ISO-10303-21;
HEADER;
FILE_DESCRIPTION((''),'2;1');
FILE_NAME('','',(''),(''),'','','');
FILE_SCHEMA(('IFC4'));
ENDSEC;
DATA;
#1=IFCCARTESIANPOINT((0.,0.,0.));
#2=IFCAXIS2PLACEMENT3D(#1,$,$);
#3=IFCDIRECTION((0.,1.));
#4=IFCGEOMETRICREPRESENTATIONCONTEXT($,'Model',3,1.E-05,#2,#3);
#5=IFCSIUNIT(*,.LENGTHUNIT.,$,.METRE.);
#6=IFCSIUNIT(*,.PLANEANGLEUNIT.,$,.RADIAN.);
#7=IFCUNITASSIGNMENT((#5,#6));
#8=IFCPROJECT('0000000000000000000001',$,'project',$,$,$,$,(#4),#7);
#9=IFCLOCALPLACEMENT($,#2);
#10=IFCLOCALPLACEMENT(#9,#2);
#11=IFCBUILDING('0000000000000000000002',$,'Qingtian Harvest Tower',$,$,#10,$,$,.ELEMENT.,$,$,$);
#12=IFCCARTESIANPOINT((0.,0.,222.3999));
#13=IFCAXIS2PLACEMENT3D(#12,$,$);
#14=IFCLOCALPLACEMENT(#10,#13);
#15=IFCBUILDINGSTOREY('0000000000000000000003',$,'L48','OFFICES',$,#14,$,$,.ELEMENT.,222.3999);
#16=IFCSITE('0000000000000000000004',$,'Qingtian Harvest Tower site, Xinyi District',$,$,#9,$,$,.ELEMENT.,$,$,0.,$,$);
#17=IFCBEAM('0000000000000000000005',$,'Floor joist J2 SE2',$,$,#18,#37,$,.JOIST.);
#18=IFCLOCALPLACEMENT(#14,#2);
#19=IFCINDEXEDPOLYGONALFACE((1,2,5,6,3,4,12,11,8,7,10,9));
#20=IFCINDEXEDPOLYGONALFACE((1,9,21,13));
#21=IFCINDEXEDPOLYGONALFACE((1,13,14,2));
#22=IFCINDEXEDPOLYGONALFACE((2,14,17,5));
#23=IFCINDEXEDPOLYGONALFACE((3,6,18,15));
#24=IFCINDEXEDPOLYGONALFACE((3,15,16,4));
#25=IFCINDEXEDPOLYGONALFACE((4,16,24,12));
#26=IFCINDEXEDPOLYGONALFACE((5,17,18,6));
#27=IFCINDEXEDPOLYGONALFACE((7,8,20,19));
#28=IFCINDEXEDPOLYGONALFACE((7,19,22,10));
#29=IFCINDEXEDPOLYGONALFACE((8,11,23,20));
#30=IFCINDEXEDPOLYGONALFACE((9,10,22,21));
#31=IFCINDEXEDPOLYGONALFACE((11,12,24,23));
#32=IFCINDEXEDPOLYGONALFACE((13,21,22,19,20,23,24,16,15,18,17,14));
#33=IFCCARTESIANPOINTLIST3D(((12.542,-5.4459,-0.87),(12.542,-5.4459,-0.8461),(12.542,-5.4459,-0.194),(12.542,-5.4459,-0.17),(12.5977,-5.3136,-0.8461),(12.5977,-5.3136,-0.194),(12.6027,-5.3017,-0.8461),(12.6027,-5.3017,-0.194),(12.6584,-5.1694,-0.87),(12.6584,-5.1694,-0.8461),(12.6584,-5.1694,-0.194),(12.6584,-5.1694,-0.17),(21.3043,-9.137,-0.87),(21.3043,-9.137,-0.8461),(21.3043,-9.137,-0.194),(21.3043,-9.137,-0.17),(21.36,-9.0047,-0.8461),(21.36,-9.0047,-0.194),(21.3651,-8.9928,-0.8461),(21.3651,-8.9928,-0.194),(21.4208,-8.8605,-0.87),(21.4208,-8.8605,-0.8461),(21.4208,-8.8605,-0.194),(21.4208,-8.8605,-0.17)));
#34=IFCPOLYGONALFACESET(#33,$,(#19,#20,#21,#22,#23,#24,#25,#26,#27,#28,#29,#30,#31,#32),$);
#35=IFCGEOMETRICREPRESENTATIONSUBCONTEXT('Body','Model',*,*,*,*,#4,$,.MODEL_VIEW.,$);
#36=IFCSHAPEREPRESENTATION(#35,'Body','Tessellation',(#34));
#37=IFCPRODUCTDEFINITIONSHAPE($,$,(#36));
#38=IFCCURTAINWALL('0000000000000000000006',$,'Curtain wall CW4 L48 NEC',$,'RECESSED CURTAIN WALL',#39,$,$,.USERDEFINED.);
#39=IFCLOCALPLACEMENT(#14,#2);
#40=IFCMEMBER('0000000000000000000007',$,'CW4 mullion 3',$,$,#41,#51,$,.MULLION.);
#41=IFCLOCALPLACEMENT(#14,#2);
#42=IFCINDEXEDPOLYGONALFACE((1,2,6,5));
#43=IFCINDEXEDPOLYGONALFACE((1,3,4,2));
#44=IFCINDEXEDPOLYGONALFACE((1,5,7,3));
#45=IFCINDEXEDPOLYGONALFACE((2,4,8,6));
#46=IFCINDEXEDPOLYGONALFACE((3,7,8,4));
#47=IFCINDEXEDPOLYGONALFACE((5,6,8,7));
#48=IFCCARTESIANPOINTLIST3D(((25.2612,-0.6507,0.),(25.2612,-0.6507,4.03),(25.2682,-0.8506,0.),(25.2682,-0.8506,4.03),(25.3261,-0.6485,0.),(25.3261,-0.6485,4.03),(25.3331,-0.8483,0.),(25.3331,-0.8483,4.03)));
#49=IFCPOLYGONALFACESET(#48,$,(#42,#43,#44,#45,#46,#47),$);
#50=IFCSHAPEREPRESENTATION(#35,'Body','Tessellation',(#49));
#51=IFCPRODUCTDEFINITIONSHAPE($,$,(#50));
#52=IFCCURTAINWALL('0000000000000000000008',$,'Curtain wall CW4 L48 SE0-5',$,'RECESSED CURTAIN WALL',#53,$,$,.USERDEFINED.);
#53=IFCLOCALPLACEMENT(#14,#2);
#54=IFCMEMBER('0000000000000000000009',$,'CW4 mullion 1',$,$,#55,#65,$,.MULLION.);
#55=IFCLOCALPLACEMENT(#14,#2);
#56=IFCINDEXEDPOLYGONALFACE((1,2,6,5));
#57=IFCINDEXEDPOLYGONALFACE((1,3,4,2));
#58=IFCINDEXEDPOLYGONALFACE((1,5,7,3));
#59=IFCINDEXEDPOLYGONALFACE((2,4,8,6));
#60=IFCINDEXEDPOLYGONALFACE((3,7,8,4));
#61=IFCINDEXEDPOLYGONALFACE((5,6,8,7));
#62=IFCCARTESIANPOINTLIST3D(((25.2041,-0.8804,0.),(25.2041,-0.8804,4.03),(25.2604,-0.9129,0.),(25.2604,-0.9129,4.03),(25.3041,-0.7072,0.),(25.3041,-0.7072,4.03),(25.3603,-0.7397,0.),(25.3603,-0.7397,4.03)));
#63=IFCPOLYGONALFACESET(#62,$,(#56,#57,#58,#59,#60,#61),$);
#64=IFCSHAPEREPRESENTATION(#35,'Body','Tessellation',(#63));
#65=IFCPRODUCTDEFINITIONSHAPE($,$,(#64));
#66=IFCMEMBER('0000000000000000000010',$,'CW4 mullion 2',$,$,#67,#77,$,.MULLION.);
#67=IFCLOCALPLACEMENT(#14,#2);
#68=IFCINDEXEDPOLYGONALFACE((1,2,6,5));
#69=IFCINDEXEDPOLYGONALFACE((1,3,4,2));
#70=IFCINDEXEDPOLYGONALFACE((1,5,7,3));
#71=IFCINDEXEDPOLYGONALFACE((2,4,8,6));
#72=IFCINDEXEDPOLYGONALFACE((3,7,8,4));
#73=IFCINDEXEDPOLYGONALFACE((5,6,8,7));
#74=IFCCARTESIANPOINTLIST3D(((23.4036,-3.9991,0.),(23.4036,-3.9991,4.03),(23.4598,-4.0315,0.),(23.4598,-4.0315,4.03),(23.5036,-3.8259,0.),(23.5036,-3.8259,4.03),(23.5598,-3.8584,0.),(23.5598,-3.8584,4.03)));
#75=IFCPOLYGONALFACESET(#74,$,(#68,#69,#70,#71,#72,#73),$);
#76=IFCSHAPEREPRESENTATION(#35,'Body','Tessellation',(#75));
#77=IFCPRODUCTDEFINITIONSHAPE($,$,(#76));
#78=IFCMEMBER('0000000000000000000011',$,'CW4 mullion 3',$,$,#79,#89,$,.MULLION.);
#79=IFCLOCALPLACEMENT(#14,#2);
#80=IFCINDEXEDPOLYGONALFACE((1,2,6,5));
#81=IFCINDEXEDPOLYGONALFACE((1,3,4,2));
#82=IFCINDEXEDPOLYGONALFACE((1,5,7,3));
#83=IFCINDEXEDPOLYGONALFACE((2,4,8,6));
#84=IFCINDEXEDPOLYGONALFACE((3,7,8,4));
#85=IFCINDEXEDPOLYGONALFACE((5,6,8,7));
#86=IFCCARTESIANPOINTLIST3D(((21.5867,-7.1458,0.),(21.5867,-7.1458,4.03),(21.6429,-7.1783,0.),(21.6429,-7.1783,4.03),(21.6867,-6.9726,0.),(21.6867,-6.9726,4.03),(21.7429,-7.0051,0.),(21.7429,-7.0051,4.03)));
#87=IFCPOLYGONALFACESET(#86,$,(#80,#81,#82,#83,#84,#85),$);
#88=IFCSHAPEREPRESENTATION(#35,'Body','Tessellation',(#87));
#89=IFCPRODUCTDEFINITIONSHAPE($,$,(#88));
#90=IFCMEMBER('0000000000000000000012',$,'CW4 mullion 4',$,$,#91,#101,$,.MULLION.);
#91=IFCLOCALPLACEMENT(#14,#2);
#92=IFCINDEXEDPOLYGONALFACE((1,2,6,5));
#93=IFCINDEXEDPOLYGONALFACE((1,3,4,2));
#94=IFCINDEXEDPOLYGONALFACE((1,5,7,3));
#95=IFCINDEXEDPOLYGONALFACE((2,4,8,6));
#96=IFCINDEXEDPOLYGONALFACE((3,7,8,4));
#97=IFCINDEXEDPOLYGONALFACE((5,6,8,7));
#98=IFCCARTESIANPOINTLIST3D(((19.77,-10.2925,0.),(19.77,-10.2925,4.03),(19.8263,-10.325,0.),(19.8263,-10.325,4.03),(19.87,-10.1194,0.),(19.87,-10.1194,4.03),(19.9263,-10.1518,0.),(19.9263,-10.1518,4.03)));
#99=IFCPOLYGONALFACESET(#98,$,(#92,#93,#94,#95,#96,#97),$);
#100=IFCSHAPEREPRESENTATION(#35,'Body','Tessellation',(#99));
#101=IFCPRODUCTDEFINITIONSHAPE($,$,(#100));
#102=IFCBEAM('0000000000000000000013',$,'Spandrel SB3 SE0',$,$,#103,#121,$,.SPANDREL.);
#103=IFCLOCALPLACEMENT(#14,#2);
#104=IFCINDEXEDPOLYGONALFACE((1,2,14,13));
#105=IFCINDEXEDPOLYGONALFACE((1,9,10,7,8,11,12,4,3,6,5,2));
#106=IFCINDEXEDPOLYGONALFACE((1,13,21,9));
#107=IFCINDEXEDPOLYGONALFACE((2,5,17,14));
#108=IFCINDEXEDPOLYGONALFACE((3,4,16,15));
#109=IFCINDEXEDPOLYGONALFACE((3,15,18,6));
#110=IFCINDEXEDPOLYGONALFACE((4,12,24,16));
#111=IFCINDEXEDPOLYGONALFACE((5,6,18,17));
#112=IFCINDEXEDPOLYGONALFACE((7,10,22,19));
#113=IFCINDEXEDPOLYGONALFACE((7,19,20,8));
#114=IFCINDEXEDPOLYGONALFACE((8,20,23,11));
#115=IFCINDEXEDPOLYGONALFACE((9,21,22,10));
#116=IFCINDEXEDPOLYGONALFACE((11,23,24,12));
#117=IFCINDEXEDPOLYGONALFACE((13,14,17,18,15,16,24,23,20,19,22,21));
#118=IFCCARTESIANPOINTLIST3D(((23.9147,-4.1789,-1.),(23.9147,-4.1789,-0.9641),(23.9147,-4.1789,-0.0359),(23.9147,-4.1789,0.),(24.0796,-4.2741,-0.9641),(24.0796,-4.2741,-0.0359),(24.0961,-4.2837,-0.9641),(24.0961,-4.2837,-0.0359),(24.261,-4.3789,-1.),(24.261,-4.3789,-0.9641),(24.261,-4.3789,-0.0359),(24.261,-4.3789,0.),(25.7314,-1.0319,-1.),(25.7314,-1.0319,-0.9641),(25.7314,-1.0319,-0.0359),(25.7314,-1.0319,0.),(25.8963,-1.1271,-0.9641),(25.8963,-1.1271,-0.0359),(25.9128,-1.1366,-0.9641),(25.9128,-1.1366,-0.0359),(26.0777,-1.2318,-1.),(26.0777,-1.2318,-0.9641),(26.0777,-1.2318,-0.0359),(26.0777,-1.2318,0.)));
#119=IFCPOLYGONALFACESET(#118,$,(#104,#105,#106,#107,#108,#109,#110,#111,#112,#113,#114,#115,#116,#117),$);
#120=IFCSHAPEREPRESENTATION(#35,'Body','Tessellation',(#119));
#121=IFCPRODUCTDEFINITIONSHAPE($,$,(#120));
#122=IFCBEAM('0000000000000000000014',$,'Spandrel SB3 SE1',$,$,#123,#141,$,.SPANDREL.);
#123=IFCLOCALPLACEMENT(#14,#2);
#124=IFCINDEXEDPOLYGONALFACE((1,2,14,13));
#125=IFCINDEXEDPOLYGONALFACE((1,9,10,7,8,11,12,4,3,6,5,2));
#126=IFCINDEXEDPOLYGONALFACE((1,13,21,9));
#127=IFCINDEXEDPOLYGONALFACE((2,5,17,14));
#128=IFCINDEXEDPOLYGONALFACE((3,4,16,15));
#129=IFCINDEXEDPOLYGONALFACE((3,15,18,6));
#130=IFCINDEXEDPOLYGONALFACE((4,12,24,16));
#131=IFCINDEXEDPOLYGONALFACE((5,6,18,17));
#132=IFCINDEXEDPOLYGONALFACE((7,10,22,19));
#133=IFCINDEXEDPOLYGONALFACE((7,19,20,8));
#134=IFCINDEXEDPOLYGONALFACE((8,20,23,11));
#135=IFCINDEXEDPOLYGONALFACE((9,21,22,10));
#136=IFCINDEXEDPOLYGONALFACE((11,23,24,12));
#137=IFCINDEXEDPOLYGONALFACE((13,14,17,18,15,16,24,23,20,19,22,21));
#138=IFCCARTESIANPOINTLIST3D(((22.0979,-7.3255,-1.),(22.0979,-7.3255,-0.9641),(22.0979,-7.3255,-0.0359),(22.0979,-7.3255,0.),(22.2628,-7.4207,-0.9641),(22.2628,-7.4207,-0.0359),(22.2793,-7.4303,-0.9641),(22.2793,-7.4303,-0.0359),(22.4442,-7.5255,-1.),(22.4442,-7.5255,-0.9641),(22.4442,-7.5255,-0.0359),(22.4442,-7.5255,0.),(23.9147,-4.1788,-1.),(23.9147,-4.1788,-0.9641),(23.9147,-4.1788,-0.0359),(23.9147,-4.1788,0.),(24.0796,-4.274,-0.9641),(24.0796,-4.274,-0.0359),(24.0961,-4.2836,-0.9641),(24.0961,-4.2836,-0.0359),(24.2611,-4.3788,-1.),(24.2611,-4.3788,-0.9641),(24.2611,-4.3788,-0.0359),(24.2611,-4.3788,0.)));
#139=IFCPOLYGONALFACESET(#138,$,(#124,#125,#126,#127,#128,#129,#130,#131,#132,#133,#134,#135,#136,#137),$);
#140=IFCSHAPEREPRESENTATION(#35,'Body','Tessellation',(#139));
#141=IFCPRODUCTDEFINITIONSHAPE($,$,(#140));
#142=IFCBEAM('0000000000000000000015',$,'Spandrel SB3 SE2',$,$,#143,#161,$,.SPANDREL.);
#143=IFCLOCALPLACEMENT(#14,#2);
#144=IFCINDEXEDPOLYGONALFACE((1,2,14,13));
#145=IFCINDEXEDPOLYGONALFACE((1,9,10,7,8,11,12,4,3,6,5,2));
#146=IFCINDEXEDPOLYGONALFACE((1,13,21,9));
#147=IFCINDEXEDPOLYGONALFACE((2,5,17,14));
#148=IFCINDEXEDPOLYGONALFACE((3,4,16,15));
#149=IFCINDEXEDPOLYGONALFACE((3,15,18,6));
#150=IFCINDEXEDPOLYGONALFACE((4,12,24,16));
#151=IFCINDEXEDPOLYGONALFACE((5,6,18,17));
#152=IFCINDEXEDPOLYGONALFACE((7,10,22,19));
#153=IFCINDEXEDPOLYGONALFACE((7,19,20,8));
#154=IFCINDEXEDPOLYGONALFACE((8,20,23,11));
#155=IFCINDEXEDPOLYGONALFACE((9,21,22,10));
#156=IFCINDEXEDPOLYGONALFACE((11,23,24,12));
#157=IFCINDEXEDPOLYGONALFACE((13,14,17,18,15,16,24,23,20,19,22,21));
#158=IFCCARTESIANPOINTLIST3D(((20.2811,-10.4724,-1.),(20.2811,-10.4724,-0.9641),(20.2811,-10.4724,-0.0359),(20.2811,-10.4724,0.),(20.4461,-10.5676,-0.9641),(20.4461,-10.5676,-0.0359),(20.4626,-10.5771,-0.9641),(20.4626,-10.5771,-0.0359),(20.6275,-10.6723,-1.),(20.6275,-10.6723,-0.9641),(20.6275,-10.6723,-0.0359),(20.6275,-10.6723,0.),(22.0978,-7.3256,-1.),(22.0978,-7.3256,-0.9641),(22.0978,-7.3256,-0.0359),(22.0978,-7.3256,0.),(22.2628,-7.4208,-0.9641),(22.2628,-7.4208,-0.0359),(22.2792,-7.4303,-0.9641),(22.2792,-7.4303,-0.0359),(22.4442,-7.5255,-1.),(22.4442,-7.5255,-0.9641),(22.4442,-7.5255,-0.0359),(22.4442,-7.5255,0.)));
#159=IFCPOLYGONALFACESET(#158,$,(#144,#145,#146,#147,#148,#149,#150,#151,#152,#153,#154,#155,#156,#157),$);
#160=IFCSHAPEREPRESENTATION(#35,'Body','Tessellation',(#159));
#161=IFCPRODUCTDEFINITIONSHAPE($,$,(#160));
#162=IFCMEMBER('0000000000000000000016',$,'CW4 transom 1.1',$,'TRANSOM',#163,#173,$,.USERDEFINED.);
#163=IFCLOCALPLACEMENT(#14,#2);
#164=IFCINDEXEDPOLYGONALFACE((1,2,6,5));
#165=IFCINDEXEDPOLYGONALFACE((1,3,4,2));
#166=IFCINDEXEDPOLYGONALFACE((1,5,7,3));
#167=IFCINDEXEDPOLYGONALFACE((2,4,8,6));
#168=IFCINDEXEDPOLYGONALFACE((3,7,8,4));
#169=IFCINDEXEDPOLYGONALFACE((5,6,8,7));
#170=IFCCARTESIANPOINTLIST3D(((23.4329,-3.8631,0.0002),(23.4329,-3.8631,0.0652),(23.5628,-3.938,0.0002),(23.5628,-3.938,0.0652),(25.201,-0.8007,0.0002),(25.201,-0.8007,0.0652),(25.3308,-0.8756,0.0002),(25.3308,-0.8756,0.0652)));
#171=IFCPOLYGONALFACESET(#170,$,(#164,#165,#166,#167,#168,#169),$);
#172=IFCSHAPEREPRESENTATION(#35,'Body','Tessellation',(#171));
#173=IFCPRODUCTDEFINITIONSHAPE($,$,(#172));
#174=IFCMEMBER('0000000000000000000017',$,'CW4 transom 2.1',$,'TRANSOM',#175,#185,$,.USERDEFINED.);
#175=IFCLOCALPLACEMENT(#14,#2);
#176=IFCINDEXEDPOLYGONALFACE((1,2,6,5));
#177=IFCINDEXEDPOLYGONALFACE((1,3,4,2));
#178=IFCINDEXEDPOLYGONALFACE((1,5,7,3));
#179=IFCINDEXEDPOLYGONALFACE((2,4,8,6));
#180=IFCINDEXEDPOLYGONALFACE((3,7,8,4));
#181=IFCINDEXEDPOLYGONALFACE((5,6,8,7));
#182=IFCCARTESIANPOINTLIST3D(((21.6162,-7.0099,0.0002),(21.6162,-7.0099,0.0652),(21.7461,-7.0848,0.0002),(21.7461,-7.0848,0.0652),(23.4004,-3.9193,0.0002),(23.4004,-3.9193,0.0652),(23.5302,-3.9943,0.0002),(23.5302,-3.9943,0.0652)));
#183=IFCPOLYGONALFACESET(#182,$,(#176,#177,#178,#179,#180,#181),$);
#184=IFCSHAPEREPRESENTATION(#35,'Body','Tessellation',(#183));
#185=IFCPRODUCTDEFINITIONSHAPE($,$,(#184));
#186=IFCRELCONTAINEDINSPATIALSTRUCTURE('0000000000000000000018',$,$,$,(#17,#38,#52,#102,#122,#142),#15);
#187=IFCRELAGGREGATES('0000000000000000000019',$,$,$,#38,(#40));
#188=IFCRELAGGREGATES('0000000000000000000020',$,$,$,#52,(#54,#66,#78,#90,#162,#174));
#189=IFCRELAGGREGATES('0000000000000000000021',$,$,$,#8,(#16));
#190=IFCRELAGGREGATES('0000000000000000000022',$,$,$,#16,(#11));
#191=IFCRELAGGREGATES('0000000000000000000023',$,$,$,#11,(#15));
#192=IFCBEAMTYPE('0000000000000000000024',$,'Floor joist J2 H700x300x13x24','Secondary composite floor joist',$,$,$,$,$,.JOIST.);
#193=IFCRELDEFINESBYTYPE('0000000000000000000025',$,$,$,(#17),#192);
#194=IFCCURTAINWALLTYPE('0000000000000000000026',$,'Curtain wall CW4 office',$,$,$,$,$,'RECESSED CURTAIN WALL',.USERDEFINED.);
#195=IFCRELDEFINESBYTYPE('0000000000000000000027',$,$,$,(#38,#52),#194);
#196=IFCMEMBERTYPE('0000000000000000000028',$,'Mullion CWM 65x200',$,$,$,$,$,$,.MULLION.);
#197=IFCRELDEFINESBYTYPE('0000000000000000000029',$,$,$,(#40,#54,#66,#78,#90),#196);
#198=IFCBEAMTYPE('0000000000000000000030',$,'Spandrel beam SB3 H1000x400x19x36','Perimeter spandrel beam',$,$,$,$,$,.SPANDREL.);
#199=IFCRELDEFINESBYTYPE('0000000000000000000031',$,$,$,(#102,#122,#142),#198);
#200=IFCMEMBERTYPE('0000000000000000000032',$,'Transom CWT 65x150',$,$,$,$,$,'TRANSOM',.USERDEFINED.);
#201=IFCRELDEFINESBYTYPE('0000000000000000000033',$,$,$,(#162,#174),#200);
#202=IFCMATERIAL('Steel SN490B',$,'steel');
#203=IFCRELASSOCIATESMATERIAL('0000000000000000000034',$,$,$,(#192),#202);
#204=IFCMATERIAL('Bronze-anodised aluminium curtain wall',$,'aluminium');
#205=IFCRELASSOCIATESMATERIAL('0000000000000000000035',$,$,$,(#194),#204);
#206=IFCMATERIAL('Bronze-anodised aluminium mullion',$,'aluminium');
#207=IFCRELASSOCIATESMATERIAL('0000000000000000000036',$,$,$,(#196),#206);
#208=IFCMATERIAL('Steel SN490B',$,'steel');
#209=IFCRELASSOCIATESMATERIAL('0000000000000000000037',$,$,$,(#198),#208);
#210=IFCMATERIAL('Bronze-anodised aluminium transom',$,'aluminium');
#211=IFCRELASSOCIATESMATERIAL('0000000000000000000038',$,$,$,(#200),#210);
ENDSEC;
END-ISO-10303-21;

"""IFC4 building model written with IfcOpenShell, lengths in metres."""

from ifc_helpers import new_model, si_unit, direction, frame, origin, origin_2d, place, context, subcontext, project, spatial, rectangle, i_section, extrude, material, material_profile, profile_set, type_object, element, aggregate, save


model = new_model("IFC4")

# Units and contexts
model_context = context("Model", 3, precision=1e-05, world=origin(), true_north=direction((0.0, 1.0)))
body_context = subcontext(model_context, "Body", "Model", "MODEL_VIEW")
ifc_project = project(units=[si_unit("LENGTHUNIT", "METRE"), si_unit("PLANEANGLEUNIT", "RADIAN")], contexts=[model_context])

# Site, building, storey
site_placement = place(None, origin())
site = spatial("IfcSite", under=ifc_project, at=site_placement, Name="Qingtian Harvest Tower site, Xinyi District", CompositionType="ELEMENT", RefElevation=0.0)
building_placement = place(site_placement, origin())
building = spatial("IfcBuilding", under=site, at=building_placement, Name="Qingtian Harvest Tower", CompositionType="ELEMENT")
storey_placement = place(building_placement, frame((0.0, 0.0, 222.3999)))
storey = spatial("IfcBuildingStorey", under=building, at=storey_placement, Name="L48", Description="OFFICES", CompositionType="ELEMENT", Elevation=222.3999)

# Beam
ifc_material_1 = material(Name="Steel SN490B", Category="steel")
ifc_material_profile_1 = material_profile(ifc_material_1, i_section(OverallWidth=0.3, OverallDepth=0.7, WebThickness=0.0129, FlangeThickness=0.0239, at=origin_2d()), Name="H700x300x13x24")
ifc_profile_set_1 = profile_set([ifc_material_profile_1], Name="Steel SN490B")
beam_type_1 = type_object("IfcBeamType", Name="Floor joist J2 H700x300x13x24", Description="Secondary composite floor joist", PredefinedType="JOIST", material=ifc_profile_set_1)
beam_1_placement = place(storey_placement, frame((21.3625, -8.9988, -0.52), z_axis=(-0.921571, 0.38821, 0.0), x_axis=(-0.38821, -0.921571, 0.0)))
element("IfcBeam", 1, at=beam_1_placement, inside=storey, type_object=beam_type_1, Name="Floor joist J2 SE2", PredefinedType="JOIST", context=body_context, shape_type="SweptSolid", body=[
    extrude(i_section(OverallWidth=0.3, OverallDepth=0.7, WebThickness=0.0129, FlangeThickness=0.0239, at=origin_2d()), origin(), (0.0, 0.0, 1.0), 9.5081),
])

# Curtain wall, member
ifc_material_2 = material(Name="Bronze-anodised aluminium curtain wall", Category="aluminium")
curtain_wall_type = type_object("IfcCurtainWallType", Name="Curtain wall CW4 office", ElementType="RECESSED CURTAIN WALL", PredefinedType="USERDEFINED", material=ifc_material_2)
curtain_wall_1_placement = place(storey_placement, origin())
curtain_wall_1 = element("IfcCurtainWall", 2, at=curtain_wall_1_placement, inside=storey, type_object=curtain_wall_type, Name="Curtain wall CW4 L48 NEC", ObjectType="RECESSED CURTAIN WALL", PredefinedType="USERDEFINED")
ifc_material_3 = material(Name="Bronze-anodised aluminium mullion", Category="aluminium")
ifc_material_profile_2 = material_profile(ifc_material_3, rectangle(XDim=0.0649, YDim=0.2, at=origin_2d()), Name="AL 65x200")
ifc_profile_set_2 = profile_set([ifc_material_profile_2], Name="Bronze-anodised aluminium mullion")
member_type_1 = type_object("IfcMemberType", Name="Mullion CWM 65x200", PredefinedType="MULLION", material=ifc_profile_set_2)
member_1_placement = place(storey_placement, frame((25.2971, -0.7495, 0.0), z_axis=(0.0, 0.0, 1.0), x_axis=(0.999391, 0.034899, 0.0)))
member_1 = element("IfcMember", 3, at=member_1_placement, type_object=member_type_1, Name="CW4 mullion 3", PredefinedType="MULLION", context=body_context, shape_type="SweptSolid", body=[
    extrude(rectangle(XDim=0.0649, YDim=0.2, at=origin_2d()), origin(), (0.0, 0.0, 1.0), 4.03),
])
aggregate(curtain_wall_1, [member_1])

# Curtain wall, members
curtain_wall_2_placement = place(storey_placement, origin())
curtain_wall_2 = element("IfcCurtainWall", 4, at=curtain_wall_2_placement, inside=storey, type_object=curtain_wall_type, Name="Curtain wall CW4 L48 SE0-5", ObjectType="RECESSED CURTAIN WALL", PredefinedType="USERDEFINED")
member_2_placement = place(storey_placement, frame((25.2822, -0.8101, 0.0), z_axis=(0.0, 0.0, 1.0), x_axis=(0.866025, -0.5, 0.0)))
member_2 = element("IfcMember", 5, at=member_2_placement, type_object=member_type_1, Name="CW4 mullion 1", PredefinedType="MULLION", context=body_context, shape_type="SweptSolid", body=[
    extrude(rectangle(XDim=0.0649, YDim=0.2, at=origin_2d()), origin(), (0.0, 0.0, 1.0), 4.03),
])
member_3_placement = place(storey_placement, frame((23.4817, -3.9287, 0.0), z_axis=(0.0, 0.0, 1.0), x_axis=(0.866025, -0.5, 0.0)))
member_3 = element("IfcMember", 6, at=member_3_placement, type_object=member_type_1, Name="CW4 mullion 2", PredefinedType="MULLION", context=body_context, shape_type="SweptSolid", body=[
    extrude(rectangle(XDim=0.0649, YDim=0.2, at=origin_2d()), origin(), (0.0, 0.0, 1.0), 4.03),
])
member_4_placement = place(storey_placement, frame((21.6648, -7.0754, 0.0), z_axis=(0.0, 0.0, 1.0), x_axis=(0.866025, -0.5, 0.0)))
member_4 = element("IfcMember", 7, at=member_4_placement, type_object=member_type_1, Name="CW4 mullion 3", PredefinedType="MULLION", context=body_context, shape_type="SweptSolid", body=[
    extrude(rectangle(XDim=0.0649, YDim=0.2, at=origin_2d()), origin(), (0.0, 0.0, 1.0), 4.03),
])
member_5_placement = place(storey_placement, frame((19.8481, -10.2222, 0.0), z_axis=(0.0, 0.0, 1.0), x_axis=(0.866025, -0.5, 0.0)))
member_5 = element("IfcMember", 8, at=member_5_placement, type_object=member_type_1, Name="CW4 mullion 4", PredefinedType="MULLION", context=body_context, shape_type="SweptSolid", body=[
    extrude(rectangle(XDim=0.0649, YDim=0.2, at=origin_2d()), origin(), (0.0, 0.0, 1.0), 4.03),
])

# Beams
ifc_material_4 = material(Name="Steel SN490B", Category="steel")
ifc_material_profile_3 = material_profile(ifc_material_4, i_section(OverallWidth=0.3999, OverallDepth=1.0, WebThickness=0.019, FlangeThickness=0.0359, at=origin_2d()), Name="H1000x400x19x36")
ifc_profile_set_3 = profile_set([ifc_material_profile_3], Name="Steel SN490B")
beam_type_2 = type_object("IfcBeamType", Name="Spandrel beam SB3 H1000x400x19x36", Description="Perimeter spandrel beam", PredefinedType="SPANDREL", material=ifc_profile_set_3)
beam_2_placement = place(storey_placement, frame((25.9045, -1.1318, -0.5), z_axis=(-0.499947, -0.866056, 0.0), x_axis=(0.866056, -0.499947, 0.0)))
element("IfcBeam", 9, at=beam_2_placement, inside=storey, type_object=beam_type_2, Name="Spandrel SB3 SE0", PredefinedType="SPANDREL", context=body_context, shape_type="SweptSolid", body=[
    extrude(i_section(OverallWidth=0.3999, OverallDepth=1.0, WebThickness=0.019, FlangeThickness=0.0359, at=origin_2d()), origin(), (0.0, 0.0, 1.0), 3.6338),
])
for number, where, z_axis, x_axis, name in (
    (10, (24.0879, -4.2788, -0.5), (-0.500027, -0.86601, 0.0), (0.86601, -0.500027, 0.0), "Spandrel SB3 SE1"),
    (11, (22.271, -7.4255, -0.5), (-0.499976, -0.866039, 0.0), (0.866039, -0.499976, 0.0), "Spandrel SB3 SE2"),
):
    element("IfcBeam", number, at=place(storey_placement, frame(where, z_axis=z_axis, x_axis=x_axis)), inside=storey, type_object=beam_type_2, Name=name, PredefinedType="SPANDREL", context=body_context, shape_type="SweptSolid", body=[
        extrude(i_section(OverallWidth=0.3999, OverallDepth=1.0, WebThickness=0.019, FlangeThickness=0.0359, at=origin_2d()), origin(), (0.0, 0.0, 1.0), 3.6335),
    ])

# Members
ifc_material_5 = material(Name="Bronze-anodised aluminium transom", Category="aluminium")
ifc_material_profile_4 = material_profile(ifc_material_5, rectangle(XDim=0.1499, YDim=0.0649, at=origin_2d()), Name="AL 65x150")
ifc_profile_set_4 = profile_set([ifc_material_profile_4], Name="Bronze-anodised aluminium transom")
member_type_2 = type_object("IfcMemberType", Name="Transom CWT 65x150", ElementType="TRANSOM", PredefinedType="USERDEFINED", material=ifc_profile_set_4)
member_6_placement = place(storey_placement, frame((25.2659, -0.8381, 0.0327), z_axis=(-0.499985, -0.866034, 0.0), x_axis=(0.866034, -0.499985, 0.0)))
member_6 = element("IfcMember", 12, at=member_6_placement, type_object=member_type_2, Name="CW4 transom 1.1", ObjectType="TRANSOM", PredefinedType="USERDEFINED", context=body_context, shape_type="SweptSolid", body=[
    extrude(rectangle(XDim=0.1499, YDim=0.0649, at=origin_2d()), origin(), (0.0, 0.0, 1.0), 3.5361),
])
member_7_placement = place(storey_placement, frame((23.4653, -3.9568, 0.0327), z_axis=(-0.499965, -0.866045, 0.0), x_axis=(0.866045, -0.499965, 0.0)))
member_7 = element("IfcMember", 13, at=member_7_placement, type_object=member_type_2, Name="CW4 transom 2.1", ObjectType="TRANSOM", PredefinedType="USERDEFINED", context=body_context, shape_type="SweptSolid", body=[
    extrude(rectangle(XDim=0.1499, YDim=0.0649, at=origin_2d()), origin(), (0.0, 0.0, 1.0), 3.5686),
])

aggregate(curtain_wall_2, [member_2, member_3, member_4, member_5, member_6, member_7])

save(model, "model.ifc")
